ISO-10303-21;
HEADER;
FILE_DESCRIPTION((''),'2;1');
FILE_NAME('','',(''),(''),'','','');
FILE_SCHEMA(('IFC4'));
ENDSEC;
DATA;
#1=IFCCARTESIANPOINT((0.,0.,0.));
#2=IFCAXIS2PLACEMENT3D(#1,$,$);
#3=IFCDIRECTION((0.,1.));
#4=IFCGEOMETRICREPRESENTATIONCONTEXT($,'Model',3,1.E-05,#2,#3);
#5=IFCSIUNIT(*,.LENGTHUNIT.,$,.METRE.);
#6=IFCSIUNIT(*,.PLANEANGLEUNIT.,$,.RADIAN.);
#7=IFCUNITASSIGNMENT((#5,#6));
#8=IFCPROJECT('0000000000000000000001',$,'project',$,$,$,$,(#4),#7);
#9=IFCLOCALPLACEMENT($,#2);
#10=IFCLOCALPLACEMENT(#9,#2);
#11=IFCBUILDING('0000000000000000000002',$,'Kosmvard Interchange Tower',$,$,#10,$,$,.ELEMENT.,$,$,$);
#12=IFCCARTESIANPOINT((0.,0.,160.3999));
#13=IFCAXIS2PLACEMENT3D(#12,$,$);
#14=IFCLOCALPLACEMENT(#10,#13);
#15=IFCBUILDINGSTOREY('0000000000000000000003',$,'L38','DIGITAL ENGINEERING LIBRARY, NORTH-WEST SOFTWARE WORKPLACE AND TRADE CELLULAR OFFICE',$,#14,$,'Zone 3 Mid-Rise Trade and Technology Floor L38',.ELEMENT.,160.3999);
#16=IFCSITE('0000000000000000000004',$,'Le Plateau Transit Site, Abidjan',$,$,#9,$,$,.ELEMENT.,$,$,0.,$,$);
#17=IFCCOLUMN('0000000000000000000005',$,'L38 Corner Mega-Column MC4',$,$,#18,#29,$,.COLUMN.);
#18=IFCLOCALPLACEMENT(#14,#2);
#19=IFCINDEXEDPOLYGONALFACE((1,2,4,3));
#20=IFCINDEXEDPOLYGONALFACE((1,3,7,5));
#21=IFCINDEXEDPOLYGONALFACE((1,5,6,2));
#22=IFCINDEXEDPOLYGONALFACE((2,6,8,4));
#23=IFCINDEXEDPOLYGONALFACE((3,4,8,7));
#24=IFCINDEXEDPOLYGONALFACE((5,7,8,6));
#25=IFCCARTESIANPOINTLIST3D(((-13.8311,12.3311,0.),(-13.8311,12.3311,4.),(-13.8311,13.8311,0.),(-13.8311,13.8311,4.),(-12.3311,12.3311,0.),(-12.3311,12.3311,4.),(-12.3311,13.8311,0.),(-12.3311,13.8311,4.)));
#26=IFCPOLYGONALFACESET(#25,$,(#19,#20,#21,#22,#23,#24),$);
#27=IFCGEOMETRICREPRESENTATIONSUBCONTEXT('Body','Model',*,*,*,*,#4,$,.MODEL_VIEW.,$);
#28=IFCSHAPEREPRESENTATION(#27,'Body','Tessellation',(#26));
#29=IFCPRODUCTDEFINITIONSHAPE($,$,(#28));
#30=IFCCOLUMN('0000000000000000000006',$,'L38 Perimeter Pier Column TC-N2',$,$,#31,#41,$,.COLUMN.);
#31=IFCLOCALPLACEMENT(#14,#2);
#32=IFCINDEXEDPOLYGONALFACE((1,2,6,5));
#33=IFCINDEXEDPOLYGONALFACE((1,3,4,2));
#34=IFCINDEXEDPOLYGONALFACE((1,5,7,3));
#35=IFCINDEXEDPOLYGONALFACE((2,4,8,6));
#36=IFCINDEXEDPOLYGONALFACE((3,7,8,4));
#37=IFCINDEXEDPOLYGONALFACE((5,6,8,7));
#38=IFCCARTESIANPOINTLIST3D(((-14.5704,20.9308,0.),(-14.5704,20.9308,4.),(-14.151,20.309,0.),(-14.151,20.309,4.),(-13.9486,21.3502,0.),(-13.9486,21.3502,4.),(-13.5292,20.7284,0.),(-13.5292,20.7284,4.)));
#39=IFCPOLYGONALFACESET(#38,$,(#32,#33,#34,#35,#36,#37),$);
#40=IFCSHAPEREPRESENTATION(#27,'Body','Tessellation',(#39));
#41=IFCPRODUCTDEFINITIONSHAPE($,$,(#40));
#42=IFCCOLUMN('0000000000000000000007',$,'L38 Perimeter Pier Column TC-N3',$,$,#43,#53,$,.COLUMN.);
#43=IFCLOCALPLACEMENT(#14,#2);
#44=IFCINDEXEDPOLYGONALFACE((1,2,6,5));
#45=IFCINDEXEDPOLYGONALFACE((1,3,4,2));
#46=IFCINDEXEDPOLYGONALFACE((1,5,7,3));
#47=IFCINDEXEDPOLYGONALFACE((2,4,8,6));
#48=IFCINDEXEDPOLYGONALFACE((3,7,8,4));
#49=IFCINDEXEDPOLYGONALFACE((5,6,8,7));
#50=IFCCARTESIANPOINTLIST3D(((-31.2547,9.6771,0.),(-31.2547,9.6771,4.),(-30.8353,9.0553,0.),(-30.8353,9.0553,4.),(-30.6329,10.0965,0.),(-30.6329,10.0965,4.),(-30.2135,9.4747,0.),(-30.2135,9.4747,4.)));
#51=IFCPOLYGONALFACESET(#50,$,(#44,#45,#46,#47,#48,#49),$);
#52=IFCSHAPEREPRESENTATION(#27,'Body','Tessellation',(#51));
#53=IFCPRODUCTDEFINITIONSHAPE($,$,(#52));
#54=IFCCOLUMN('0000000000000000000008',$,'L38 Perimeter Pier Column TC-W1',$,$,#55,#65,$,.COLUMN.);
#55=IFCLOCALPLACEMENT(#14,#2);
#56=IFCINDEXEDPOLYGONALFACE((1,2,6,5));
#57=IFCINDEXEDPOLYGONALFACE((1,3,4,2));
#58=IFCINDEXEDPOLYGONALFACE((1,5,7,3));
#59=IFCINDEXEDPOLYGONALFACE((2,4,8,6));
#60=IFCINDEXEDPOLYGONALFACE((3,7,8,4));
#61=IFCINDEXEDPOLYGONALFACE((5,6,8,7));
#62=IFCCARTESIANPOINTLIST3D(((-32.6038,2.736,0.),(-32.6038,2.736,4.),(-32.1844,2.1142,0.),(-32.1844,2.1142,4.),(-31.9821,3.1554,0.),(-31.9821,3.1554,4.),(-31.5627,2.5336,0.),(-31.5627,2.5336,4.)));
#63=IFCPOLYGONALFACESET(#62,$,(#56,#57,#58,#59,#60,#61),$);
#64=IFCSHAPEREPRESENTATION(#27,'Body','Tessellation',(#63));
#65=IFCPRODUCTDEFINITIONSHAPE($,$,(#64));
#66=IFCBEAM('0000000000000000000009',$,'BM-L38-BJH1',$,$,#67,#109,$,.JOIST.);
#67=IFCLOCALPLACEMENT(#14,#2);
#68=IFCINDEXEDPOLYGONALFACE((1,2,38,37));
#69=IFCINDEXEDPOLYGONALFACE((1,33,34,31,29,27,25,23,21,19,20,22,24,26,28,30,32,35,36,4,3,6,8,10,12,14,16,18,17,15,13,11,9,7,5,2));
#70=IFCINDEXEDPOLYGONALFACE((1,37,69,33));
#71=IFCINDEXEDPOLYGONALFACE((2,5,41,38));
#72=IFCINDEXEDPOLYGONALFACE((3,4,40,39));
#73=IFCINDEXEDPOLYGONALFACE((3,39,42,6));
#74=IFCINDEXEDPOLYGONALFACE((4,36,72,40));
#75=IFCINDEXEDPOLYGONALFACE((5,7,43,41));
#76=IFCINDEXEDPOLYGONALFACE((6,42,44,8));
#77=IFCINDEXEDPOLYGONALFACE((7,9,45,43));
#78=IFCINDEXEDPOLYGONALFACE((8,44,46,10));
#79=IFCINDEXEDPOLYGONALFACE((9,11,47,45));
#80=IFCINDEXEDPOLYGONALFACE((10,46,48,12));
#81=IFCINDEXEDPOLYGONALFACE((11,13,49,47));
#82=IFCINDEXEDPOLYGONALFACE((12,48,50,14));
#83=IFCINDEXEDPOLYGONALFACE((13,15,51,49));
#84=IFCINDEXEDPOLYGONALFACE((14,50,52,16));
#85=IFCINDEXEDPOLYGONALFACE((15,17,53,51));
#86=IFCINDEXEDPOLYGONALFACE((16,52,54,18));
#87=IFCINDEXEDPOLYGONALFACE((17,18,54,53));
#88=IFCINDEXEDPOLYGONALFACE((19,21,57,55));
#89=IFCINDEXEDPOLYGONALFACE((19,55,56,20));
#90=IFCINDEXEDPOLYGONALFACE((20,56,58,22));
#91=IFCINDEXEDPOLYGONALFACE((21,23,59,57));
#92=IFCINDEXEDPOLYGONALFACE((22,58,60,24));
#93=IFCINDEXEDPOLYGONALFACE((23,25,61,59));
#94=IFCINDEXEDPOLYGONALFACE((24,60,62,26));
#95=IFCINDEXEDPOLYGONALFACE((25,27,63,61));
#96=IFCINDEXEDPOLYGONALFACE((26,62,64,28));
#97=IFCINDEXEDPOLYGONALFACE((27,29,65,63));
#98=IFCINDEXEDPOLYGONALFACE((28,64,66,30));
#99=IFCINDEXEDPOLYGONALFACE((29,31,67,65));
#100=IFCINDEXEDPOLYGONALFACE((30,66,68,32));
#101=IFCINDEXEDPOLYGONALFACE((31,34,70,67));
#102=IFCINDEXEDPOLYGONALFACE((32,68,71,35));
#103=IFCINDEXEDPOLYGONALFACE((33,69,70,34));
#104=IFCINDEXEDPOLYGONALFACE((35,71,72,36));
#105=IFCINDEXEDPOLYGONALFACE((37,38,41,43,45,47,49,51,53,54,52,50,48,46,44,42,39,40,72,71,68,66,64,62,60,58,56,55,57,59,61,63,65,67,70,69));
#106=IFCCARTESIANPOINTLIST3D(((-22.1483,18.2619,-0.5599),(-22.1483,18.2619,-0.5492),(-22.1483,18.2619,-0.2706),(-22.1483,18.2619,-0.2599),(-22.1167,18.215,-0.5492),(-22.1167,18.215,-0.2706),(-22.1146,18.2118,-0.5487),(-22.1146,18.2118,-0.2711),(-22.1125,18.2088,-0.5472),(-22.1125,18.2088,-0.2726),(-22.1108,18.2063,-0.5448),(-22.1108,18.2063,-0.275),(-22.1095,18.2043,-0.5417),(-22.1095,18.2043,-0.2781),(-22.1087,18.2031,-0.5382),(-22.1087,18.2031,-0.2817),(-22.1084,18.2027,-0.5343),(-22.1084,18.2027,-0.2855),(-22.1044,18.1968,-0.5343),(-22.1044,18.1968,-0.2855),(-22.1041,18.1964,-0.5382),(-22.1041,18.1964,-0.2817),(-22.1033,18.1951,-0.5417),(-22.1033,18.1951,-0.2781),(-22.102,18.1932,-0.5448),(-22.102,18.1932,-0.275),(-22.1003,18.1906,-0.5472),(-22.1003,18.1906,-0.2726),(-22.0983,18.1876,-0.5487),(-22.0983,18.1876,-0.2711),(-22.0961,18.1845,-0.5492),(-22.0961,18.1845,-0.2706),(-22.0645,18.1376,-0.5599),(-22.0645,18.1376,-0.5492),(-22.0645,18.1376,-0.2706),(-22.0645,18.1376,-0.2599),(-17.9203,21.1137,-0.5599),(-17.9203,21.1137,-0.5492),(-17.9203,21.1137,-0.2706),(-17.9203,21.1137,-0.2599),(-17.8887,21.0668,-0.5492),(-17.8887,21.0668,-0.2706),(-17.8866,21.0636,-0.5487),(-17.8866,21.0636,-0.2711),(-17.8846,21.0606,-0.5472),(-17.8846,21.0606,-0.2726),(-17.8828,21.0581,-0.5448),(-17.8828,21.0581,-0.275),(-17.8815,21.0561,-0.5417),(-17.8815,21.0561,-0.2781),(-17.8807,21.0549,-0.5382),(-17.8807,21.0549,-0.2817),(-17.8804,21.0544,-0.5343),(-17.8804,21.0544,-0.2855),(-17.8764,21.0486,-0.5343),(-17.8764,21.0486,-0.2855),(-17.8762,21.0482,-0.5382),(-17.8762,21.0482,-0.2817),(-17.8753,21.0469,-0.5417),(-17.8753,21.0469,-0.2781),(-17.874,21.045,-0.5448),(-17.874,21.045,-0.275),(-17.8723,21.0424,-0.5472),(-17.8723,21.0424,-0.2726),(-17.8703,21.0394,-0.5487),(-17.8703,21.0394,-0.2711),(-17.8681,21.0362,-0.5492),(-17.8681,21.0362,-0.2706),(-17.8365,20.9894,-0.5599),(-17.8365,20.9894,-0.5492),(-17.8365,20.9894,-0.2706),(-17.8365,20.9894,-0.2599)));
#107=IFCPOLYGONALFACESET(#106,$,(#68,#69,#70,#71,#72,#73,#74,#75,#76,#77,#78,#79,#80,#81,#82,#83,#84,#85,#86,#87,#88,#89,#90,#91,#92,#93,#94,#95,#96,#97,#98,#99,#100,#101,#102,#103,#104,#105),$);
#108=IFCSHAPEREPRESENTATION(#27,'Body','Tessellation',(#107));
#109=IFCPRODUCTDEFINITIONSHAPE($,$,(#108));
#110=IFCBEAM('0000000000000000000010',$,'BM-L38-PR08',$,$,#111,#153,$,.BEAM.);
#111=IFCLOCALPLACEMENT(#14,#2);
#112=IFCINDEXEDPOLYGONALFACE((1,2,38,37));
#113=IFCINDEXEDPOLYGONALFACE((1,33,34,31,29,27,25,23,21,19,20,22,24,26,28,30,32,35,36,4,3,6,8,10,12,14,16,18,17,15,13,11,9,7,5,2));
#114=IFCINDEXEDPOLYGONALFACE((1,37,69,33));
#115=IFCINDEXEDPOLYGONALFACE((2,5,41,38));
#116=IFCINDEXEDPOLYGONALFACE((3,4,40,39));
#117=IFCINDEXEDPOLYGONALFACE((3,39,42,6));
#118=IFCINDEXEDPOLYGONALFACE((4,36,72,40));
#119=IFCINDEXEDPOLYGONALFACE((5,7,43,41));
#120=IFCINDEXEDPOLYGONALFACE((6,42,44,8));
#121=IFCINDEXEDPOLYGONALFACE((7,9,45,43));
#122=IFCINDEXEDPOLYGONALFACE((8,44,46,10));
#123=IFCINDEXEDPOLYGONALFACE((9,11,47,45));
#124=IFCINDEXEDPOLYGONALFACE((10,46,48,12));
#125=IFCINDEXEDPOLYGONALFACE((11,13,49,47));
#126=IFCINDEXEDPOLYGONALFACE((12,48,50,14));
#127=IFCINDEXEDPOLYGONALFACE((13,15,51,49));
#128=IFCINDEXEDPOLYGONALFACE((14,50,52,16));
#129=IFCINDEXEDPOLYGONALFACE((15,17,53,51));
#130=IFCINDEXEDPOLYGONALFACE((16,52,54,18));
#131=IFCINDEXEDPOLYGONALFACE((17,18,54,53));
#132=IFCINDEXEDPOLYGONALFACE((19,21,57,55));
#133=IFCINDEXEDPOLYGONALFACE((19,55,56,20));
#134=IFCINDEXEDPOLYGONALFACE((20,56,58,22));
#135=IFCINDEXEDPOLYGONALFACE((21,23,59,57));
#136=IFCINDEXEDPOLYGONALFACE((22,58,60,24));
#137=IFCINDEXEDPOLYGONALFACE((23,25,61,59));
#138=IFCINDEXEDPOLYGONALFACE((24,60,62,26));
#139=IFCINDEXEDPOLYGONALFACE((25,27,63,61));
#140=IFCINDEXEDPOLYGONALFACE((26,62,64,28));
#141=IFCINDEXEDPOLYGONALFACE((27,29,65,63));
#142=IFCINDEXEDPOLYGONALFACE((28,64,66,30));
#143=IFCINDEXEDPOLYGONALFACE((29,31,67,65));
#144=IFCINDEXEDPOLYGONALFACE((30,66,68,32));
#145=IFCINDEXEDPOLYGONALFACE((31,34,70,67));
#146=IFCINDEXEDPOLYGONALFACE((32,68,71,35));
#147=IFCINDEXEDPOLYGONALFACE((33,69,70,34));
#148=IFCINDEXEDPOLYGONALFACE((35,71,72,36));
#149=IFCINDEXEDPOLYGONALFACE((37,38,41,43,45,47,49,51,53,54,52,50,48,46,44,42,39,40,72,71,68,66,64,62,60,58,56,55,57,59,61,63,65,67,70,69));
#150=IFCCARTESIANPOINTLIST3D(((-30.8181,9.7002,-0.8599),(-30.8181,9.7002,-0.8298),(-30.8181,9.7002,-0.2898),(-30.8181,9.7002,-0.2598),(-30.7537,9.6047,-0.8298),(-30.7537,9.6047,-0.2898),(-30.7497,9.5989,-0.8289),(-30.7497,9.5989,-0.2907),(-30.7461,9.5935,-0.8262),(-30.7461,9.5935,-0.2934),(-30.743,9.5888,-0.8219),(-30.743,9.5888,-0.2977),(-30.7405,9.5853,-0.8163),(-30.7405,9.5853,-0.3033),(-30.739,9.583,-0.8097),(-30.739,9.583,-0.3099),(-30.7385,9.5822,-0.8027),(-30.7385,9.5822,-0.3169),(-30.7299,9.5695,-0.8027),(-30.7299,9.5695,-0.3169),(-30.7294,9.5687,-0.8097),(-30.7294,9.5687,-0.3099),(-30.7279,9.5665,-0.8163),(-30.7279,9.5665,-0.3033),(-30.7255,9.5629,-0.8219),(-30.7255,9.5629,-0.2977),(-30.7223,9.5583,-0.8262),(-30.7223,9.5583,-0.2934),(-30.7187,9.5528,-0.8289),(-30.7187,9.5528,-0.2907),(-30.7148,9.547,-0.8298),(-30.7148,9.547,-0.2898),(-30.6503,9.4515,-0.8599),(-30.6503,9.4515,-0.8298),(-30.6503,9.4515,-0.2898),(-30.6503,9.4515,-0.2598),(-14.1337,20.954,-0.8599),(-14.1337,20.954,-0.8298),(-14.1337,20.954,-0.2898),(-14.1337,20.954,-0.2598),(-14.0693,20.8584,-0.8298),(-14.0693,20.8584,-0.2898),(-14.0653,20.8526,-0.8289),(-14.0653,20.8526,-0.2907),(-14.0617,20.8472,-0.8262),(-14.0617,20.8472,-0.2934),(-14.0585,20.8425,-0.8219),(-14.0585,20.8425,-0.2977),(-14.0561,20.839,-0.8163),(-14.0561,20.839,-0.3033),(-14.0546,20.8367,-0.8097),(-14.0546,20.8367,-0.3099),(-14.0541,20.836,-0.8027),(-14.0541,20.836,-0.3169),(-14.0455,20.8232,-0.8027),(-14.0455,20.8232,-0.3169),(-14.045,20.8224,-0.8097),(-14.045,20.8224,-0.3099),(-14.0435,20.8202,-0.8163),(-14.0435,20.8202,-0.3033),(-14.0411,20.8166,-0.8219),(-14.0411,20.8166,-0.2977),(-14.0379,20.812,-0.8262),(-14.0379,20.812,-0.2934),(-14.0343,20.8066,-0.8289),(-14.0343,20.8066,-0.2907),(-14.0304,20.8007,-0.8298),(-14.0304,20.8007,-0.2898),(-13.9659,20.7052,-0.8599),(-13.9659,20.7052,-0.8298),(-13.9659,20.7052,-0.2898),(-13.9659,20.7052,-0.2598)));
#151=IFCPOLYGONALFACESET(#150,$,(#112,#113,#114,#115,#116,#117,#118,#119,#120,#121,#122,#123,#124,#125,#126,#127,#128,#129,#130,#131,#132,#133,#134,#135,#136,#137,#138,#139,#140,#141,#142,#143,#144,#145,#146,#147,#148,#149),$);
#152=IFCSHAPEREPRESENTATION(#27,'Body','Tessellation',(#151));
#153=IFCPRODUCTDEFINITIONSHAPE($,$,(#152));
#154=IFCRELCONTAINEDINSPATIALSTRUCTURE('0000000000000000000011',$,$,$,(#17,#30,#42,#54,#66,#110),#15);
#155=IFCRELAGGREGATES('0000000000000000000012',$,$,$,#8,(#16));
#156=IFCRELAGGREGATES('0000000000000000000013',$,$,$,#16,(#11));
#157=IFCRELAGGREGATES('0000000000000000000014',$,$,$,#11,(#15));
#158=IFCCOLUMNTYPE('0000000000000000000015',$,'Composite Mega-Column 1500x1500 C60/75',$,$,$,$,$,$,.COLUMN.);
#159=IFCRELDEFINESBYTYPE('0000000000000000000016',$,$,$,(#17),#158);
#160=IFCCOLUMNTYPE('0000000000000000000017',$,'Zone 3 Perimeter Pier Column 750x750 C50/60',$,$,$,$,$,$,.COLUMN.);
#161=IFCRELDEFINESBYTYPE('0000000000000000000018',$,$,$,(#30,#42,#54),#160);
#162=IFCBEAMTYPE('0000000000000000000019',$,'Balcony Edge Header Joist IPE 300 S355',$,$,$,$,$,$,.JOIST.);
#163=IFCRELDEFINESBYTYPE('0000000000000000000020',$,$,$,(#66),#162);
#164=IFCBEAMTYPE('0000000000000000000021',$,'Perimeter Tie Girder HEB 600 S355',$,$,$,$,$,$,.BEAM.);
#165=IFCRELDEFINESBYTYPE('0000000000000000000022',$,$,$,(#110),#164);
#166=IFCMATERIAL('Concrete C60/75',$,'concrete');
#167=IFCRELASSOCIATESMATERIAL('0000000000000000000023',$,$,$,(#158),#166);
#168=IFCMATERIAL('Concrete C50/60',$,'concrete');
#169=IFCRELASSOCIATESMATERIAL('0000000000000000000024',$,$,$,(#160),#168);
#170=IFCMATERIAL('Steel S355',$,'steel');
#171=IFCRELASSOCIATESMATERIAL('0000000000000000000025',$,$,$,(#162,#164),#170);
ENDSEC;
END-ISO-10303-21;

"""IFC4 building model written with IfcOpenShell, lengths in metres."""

from ifc_helpers import new_model, si_unit, direction, frame, origin, origin_2d, place, context, subcontext, project, spatial, rectangle, i_section, extrude, source, transform, mapped, material, material_profile, profile_set, type_object, element, save


model = new_model("IFC4")

# Units and contexts
model_context = context("Model", 3, precision=1e-05, world=origin(), true_north=direction((0.0, 1.0)))
body_context = subcontext(model_context, "Body", "Model", "MODEL_VIEW")
ifc_project = project(units=[si_unit("LENGTHUNIT", "METRE"), si_unit("PLANEANGLEUNIT", "RADIAN")], contexts=[model_context])

# Site, building, storey
site_placement = place(None, origin())
site = spatial("IfcSite", under=ifc_project, at=site_placement, Name="Le Plateau Transit Site, Abidjan", CompositionType="ELEMENT", RefElevation=0.0)
building_placement = place(site_placement, origin())
building = spatial("IfcBuilding", under=site, at=building_placement, Name="Kosmvard Interchange Tower", CompositionType="ELEMENT")
storey_placement = place(building_placement, frame((0.0, 0.0, 160.3999)))
storey = spatial("IfcBuildingStorey", under=building, at=storey_placement, Name="L38", Description="DIGITAL ENGINEERING LIBRARY, NORTH-WEST SOFTWARE WORKPLACE AND TRADE CELLULAR OFFICE", LongName="Zone 3 Mid-Rise Trade and Technology Floor L38", CompositionType="ELEMENT", Elevation=160.3999)

# Columns
ifc_material_1 = material(Name="Concrete C60/75", Category="concrete")
ifc_material_profile_1 = material_profile(ifc_material_1, rectangle(XDim=1.5, YDim=1.5, at=origin_2d()), Name="MC 1500x1500")
ifc_profile_set_1 = profile_set([ifc_material_profile_1], Name="Concrete C60/75")
column_type_1 = type_object("IfcColumnType", Name="Composite Mega-Column 1500x1500 C60/75", PredefinedType="COLUMN", material=ifc_profile_set_1)
shared_shape_1 = source(origin(), body_context, "Body", "SweptSolid", [
    extrude(rectangle(XDim=1.5, YDim=1.5, at=origin_2d()), origin(), (0.0, 0.0, 1.0), 4.0),
])
column_placement = place(storey_placement, frame((-13.0811, 13.0811, 0.0), z_axis=(0.0, 0.0, 1.0), x_axis=(1.0, 0.0, 0.0)))
element("IfcColumn", 1, at=column_placement, inside=storey, type_object=column_type_1, Name="L38 Corner Mega-Column MC4", PredefinedType="COLUMN", context=body_context, shape_type="MappedRepresentation", body=[
    mapped(shared_shape_1, transform((0.0, 0.0, 0.0), scale=1.0)),
])
ifc_material_2 = material(Name="Concrete C50/60", Category="concrete")
ifc_material_profile_2 = material_profile(ifc_material_2, rectangle(XDim=0.75, YDim=0.75, at=origin_2d()), Name="TC 750x750")
ifc_profile_set_2 = profile_set([ifc_material_profile_2], Name="Concrete C50/60")
column_type_2 = type_object("IfcColumnType", Name="Zone 3 Perimeter Pier Column 750x750 C50/60", PredefinedType="COLUMN", material=ifc_profile_set_2)
shared_shape_2 = source(origin(), body_context, "Body", "SweptSolid", [
    extrude(rectangle(XDim=0.75, YDim=0.75, at=origin_2d()), origin(), (0.0, 0.0, 1.0), 4.0),
])
for number, where, z_axis, x_axis, name in (
    (2, (-14.0498, 20.8296, 0.0), (0.0, 0.0, 1.0), (0.829038, 0.559193, 0.0), "L38 Perimeter Pier Column TC-N2"),
    (3, (-30.7341, 9.5759, 0.0), (0.0, 0.0, 1.0), (0.829038, 0.559193, 0.0), "L38 Perimeter Pier Column TC-N3"),
    (4, (-32.0833, 2.6348, 0.0), (0.0, 0.0, 1.0), (0.829038, 0.559193, 0.0), "L38 Perimeter Pier Column TC-W1"),
):
    element("IfcColumn", number, at=place(storey_placement, frame(where, z_axis=z_axis, x_axis=x_axis)), inside=storey, type_object=column_type_2, Name=name, PredefinedType="COLUMN", context=body_context, shape_type="MappedRepresentation", body=[
        mapped(shared_shape_2, transform((0.0, 0.0, 0.0), scale=1.0)),
    ])

# Beams
ifc_material_3 = material(Name="Steel S355", Category="steel")
ifc_material_profile_3 = material_profile(ifc_material_3, i_section(OverallWidth=0.1499, OverallDepth=0.3, WebThickness=0.0071, FlangeThickness=0.0107, FilletRadius=0.0149, at=origin_2d()), Name="IPE 300")
ifc_profile_set_3 = profile_set([ifc_material_profile_3], Name="Steel S355")
beam_type_1 = type_object("IfcBeamType", Name="Balcony Edge Header Joist IPE 300 S355", PredefinedType="JOIST", material=ifc_profile_set_3)
shared_shape_3 = source(origin(), body_context, "Body", "SweptSolid", [
    extrude(i_section(OverallWidth=0.1499, OverallDepth=0.3, WebThickness=0.0071, FlangeThickness=0.0107, FilletRadius=0.0149, at=origin_2d()), origin(), (0.0, 0.0, 1.0), 5.0999),
])
beam_1_placement = place(storey_placement, frame((-17.8784, 21.0515, -0.4099), z_axis=(-0.829041, -0.559188, 0.0), x_axis=(0.559188, -0.829041, 0.0)))
element("IfcBeam", 5, at=beam_1_placement, inside=storey, type_object=beam_type_1, Name="BM-L38-BJH1", PredefinedType="JOIST", context=body_context, shape_type="MappedRepresentation", body=[
    mapped(shared_shape_3, transform((0.0, 0.0, 0.0), scale=1.0)),
])
ifc_material_profile_4 = material_profile(ifc_material_3, i_section(OverallWidth=0.3, OverallDepth=0.6001, WebThickness=0.0154, FlangeThickness=0.03, FilletRadius=0.0271, at=origin_2d()), Name="HEB 600")
ifc_profile_set_4 = profile_set([ifc_material_profile_4], Name="Steel S355")
beam_type_2 = type_object("IfcBeamType", Name="Perimeter Tie Girder HEB 600 S355", PredefinedType="BEAM", material=ifc_profile_set_4)
shared_shape_4 = source(origin(), body_context, "Body", "SweptSolid", [
    extrude(i_section(OverallWidth=0.3, OverallDepth=0.6001, WebThickness=0.0154, FlangeThickness=0.03, FilletRadius=0.0271, at=origin_2d()), origin(), (0.0, 0.0, 1.0), 20.125),
])
for number, where, z_axis, x_axis, name in (
    (6, (-14.0498, 20.8296, -0.5598), (-0.829039, -0.559191, 0.0), (0.559191, -0.829039, 0.0), "BM-L38-PR08"),
):
    element("IfcBeam", number, at=place(storey_placement, frame(where, z_axis=z_axis, x_axis=x_axis)), inside=storey, type_object=beam_type_2, Name=name, PredefinedType="BEAM", context=body_context, shape_type="MappedRepresentation", body=[
        mapped(shared_shape_4, transform((0.0, 0.0, 0.0), scale=1.0)),
    ])

save(model, "model.ifc")
